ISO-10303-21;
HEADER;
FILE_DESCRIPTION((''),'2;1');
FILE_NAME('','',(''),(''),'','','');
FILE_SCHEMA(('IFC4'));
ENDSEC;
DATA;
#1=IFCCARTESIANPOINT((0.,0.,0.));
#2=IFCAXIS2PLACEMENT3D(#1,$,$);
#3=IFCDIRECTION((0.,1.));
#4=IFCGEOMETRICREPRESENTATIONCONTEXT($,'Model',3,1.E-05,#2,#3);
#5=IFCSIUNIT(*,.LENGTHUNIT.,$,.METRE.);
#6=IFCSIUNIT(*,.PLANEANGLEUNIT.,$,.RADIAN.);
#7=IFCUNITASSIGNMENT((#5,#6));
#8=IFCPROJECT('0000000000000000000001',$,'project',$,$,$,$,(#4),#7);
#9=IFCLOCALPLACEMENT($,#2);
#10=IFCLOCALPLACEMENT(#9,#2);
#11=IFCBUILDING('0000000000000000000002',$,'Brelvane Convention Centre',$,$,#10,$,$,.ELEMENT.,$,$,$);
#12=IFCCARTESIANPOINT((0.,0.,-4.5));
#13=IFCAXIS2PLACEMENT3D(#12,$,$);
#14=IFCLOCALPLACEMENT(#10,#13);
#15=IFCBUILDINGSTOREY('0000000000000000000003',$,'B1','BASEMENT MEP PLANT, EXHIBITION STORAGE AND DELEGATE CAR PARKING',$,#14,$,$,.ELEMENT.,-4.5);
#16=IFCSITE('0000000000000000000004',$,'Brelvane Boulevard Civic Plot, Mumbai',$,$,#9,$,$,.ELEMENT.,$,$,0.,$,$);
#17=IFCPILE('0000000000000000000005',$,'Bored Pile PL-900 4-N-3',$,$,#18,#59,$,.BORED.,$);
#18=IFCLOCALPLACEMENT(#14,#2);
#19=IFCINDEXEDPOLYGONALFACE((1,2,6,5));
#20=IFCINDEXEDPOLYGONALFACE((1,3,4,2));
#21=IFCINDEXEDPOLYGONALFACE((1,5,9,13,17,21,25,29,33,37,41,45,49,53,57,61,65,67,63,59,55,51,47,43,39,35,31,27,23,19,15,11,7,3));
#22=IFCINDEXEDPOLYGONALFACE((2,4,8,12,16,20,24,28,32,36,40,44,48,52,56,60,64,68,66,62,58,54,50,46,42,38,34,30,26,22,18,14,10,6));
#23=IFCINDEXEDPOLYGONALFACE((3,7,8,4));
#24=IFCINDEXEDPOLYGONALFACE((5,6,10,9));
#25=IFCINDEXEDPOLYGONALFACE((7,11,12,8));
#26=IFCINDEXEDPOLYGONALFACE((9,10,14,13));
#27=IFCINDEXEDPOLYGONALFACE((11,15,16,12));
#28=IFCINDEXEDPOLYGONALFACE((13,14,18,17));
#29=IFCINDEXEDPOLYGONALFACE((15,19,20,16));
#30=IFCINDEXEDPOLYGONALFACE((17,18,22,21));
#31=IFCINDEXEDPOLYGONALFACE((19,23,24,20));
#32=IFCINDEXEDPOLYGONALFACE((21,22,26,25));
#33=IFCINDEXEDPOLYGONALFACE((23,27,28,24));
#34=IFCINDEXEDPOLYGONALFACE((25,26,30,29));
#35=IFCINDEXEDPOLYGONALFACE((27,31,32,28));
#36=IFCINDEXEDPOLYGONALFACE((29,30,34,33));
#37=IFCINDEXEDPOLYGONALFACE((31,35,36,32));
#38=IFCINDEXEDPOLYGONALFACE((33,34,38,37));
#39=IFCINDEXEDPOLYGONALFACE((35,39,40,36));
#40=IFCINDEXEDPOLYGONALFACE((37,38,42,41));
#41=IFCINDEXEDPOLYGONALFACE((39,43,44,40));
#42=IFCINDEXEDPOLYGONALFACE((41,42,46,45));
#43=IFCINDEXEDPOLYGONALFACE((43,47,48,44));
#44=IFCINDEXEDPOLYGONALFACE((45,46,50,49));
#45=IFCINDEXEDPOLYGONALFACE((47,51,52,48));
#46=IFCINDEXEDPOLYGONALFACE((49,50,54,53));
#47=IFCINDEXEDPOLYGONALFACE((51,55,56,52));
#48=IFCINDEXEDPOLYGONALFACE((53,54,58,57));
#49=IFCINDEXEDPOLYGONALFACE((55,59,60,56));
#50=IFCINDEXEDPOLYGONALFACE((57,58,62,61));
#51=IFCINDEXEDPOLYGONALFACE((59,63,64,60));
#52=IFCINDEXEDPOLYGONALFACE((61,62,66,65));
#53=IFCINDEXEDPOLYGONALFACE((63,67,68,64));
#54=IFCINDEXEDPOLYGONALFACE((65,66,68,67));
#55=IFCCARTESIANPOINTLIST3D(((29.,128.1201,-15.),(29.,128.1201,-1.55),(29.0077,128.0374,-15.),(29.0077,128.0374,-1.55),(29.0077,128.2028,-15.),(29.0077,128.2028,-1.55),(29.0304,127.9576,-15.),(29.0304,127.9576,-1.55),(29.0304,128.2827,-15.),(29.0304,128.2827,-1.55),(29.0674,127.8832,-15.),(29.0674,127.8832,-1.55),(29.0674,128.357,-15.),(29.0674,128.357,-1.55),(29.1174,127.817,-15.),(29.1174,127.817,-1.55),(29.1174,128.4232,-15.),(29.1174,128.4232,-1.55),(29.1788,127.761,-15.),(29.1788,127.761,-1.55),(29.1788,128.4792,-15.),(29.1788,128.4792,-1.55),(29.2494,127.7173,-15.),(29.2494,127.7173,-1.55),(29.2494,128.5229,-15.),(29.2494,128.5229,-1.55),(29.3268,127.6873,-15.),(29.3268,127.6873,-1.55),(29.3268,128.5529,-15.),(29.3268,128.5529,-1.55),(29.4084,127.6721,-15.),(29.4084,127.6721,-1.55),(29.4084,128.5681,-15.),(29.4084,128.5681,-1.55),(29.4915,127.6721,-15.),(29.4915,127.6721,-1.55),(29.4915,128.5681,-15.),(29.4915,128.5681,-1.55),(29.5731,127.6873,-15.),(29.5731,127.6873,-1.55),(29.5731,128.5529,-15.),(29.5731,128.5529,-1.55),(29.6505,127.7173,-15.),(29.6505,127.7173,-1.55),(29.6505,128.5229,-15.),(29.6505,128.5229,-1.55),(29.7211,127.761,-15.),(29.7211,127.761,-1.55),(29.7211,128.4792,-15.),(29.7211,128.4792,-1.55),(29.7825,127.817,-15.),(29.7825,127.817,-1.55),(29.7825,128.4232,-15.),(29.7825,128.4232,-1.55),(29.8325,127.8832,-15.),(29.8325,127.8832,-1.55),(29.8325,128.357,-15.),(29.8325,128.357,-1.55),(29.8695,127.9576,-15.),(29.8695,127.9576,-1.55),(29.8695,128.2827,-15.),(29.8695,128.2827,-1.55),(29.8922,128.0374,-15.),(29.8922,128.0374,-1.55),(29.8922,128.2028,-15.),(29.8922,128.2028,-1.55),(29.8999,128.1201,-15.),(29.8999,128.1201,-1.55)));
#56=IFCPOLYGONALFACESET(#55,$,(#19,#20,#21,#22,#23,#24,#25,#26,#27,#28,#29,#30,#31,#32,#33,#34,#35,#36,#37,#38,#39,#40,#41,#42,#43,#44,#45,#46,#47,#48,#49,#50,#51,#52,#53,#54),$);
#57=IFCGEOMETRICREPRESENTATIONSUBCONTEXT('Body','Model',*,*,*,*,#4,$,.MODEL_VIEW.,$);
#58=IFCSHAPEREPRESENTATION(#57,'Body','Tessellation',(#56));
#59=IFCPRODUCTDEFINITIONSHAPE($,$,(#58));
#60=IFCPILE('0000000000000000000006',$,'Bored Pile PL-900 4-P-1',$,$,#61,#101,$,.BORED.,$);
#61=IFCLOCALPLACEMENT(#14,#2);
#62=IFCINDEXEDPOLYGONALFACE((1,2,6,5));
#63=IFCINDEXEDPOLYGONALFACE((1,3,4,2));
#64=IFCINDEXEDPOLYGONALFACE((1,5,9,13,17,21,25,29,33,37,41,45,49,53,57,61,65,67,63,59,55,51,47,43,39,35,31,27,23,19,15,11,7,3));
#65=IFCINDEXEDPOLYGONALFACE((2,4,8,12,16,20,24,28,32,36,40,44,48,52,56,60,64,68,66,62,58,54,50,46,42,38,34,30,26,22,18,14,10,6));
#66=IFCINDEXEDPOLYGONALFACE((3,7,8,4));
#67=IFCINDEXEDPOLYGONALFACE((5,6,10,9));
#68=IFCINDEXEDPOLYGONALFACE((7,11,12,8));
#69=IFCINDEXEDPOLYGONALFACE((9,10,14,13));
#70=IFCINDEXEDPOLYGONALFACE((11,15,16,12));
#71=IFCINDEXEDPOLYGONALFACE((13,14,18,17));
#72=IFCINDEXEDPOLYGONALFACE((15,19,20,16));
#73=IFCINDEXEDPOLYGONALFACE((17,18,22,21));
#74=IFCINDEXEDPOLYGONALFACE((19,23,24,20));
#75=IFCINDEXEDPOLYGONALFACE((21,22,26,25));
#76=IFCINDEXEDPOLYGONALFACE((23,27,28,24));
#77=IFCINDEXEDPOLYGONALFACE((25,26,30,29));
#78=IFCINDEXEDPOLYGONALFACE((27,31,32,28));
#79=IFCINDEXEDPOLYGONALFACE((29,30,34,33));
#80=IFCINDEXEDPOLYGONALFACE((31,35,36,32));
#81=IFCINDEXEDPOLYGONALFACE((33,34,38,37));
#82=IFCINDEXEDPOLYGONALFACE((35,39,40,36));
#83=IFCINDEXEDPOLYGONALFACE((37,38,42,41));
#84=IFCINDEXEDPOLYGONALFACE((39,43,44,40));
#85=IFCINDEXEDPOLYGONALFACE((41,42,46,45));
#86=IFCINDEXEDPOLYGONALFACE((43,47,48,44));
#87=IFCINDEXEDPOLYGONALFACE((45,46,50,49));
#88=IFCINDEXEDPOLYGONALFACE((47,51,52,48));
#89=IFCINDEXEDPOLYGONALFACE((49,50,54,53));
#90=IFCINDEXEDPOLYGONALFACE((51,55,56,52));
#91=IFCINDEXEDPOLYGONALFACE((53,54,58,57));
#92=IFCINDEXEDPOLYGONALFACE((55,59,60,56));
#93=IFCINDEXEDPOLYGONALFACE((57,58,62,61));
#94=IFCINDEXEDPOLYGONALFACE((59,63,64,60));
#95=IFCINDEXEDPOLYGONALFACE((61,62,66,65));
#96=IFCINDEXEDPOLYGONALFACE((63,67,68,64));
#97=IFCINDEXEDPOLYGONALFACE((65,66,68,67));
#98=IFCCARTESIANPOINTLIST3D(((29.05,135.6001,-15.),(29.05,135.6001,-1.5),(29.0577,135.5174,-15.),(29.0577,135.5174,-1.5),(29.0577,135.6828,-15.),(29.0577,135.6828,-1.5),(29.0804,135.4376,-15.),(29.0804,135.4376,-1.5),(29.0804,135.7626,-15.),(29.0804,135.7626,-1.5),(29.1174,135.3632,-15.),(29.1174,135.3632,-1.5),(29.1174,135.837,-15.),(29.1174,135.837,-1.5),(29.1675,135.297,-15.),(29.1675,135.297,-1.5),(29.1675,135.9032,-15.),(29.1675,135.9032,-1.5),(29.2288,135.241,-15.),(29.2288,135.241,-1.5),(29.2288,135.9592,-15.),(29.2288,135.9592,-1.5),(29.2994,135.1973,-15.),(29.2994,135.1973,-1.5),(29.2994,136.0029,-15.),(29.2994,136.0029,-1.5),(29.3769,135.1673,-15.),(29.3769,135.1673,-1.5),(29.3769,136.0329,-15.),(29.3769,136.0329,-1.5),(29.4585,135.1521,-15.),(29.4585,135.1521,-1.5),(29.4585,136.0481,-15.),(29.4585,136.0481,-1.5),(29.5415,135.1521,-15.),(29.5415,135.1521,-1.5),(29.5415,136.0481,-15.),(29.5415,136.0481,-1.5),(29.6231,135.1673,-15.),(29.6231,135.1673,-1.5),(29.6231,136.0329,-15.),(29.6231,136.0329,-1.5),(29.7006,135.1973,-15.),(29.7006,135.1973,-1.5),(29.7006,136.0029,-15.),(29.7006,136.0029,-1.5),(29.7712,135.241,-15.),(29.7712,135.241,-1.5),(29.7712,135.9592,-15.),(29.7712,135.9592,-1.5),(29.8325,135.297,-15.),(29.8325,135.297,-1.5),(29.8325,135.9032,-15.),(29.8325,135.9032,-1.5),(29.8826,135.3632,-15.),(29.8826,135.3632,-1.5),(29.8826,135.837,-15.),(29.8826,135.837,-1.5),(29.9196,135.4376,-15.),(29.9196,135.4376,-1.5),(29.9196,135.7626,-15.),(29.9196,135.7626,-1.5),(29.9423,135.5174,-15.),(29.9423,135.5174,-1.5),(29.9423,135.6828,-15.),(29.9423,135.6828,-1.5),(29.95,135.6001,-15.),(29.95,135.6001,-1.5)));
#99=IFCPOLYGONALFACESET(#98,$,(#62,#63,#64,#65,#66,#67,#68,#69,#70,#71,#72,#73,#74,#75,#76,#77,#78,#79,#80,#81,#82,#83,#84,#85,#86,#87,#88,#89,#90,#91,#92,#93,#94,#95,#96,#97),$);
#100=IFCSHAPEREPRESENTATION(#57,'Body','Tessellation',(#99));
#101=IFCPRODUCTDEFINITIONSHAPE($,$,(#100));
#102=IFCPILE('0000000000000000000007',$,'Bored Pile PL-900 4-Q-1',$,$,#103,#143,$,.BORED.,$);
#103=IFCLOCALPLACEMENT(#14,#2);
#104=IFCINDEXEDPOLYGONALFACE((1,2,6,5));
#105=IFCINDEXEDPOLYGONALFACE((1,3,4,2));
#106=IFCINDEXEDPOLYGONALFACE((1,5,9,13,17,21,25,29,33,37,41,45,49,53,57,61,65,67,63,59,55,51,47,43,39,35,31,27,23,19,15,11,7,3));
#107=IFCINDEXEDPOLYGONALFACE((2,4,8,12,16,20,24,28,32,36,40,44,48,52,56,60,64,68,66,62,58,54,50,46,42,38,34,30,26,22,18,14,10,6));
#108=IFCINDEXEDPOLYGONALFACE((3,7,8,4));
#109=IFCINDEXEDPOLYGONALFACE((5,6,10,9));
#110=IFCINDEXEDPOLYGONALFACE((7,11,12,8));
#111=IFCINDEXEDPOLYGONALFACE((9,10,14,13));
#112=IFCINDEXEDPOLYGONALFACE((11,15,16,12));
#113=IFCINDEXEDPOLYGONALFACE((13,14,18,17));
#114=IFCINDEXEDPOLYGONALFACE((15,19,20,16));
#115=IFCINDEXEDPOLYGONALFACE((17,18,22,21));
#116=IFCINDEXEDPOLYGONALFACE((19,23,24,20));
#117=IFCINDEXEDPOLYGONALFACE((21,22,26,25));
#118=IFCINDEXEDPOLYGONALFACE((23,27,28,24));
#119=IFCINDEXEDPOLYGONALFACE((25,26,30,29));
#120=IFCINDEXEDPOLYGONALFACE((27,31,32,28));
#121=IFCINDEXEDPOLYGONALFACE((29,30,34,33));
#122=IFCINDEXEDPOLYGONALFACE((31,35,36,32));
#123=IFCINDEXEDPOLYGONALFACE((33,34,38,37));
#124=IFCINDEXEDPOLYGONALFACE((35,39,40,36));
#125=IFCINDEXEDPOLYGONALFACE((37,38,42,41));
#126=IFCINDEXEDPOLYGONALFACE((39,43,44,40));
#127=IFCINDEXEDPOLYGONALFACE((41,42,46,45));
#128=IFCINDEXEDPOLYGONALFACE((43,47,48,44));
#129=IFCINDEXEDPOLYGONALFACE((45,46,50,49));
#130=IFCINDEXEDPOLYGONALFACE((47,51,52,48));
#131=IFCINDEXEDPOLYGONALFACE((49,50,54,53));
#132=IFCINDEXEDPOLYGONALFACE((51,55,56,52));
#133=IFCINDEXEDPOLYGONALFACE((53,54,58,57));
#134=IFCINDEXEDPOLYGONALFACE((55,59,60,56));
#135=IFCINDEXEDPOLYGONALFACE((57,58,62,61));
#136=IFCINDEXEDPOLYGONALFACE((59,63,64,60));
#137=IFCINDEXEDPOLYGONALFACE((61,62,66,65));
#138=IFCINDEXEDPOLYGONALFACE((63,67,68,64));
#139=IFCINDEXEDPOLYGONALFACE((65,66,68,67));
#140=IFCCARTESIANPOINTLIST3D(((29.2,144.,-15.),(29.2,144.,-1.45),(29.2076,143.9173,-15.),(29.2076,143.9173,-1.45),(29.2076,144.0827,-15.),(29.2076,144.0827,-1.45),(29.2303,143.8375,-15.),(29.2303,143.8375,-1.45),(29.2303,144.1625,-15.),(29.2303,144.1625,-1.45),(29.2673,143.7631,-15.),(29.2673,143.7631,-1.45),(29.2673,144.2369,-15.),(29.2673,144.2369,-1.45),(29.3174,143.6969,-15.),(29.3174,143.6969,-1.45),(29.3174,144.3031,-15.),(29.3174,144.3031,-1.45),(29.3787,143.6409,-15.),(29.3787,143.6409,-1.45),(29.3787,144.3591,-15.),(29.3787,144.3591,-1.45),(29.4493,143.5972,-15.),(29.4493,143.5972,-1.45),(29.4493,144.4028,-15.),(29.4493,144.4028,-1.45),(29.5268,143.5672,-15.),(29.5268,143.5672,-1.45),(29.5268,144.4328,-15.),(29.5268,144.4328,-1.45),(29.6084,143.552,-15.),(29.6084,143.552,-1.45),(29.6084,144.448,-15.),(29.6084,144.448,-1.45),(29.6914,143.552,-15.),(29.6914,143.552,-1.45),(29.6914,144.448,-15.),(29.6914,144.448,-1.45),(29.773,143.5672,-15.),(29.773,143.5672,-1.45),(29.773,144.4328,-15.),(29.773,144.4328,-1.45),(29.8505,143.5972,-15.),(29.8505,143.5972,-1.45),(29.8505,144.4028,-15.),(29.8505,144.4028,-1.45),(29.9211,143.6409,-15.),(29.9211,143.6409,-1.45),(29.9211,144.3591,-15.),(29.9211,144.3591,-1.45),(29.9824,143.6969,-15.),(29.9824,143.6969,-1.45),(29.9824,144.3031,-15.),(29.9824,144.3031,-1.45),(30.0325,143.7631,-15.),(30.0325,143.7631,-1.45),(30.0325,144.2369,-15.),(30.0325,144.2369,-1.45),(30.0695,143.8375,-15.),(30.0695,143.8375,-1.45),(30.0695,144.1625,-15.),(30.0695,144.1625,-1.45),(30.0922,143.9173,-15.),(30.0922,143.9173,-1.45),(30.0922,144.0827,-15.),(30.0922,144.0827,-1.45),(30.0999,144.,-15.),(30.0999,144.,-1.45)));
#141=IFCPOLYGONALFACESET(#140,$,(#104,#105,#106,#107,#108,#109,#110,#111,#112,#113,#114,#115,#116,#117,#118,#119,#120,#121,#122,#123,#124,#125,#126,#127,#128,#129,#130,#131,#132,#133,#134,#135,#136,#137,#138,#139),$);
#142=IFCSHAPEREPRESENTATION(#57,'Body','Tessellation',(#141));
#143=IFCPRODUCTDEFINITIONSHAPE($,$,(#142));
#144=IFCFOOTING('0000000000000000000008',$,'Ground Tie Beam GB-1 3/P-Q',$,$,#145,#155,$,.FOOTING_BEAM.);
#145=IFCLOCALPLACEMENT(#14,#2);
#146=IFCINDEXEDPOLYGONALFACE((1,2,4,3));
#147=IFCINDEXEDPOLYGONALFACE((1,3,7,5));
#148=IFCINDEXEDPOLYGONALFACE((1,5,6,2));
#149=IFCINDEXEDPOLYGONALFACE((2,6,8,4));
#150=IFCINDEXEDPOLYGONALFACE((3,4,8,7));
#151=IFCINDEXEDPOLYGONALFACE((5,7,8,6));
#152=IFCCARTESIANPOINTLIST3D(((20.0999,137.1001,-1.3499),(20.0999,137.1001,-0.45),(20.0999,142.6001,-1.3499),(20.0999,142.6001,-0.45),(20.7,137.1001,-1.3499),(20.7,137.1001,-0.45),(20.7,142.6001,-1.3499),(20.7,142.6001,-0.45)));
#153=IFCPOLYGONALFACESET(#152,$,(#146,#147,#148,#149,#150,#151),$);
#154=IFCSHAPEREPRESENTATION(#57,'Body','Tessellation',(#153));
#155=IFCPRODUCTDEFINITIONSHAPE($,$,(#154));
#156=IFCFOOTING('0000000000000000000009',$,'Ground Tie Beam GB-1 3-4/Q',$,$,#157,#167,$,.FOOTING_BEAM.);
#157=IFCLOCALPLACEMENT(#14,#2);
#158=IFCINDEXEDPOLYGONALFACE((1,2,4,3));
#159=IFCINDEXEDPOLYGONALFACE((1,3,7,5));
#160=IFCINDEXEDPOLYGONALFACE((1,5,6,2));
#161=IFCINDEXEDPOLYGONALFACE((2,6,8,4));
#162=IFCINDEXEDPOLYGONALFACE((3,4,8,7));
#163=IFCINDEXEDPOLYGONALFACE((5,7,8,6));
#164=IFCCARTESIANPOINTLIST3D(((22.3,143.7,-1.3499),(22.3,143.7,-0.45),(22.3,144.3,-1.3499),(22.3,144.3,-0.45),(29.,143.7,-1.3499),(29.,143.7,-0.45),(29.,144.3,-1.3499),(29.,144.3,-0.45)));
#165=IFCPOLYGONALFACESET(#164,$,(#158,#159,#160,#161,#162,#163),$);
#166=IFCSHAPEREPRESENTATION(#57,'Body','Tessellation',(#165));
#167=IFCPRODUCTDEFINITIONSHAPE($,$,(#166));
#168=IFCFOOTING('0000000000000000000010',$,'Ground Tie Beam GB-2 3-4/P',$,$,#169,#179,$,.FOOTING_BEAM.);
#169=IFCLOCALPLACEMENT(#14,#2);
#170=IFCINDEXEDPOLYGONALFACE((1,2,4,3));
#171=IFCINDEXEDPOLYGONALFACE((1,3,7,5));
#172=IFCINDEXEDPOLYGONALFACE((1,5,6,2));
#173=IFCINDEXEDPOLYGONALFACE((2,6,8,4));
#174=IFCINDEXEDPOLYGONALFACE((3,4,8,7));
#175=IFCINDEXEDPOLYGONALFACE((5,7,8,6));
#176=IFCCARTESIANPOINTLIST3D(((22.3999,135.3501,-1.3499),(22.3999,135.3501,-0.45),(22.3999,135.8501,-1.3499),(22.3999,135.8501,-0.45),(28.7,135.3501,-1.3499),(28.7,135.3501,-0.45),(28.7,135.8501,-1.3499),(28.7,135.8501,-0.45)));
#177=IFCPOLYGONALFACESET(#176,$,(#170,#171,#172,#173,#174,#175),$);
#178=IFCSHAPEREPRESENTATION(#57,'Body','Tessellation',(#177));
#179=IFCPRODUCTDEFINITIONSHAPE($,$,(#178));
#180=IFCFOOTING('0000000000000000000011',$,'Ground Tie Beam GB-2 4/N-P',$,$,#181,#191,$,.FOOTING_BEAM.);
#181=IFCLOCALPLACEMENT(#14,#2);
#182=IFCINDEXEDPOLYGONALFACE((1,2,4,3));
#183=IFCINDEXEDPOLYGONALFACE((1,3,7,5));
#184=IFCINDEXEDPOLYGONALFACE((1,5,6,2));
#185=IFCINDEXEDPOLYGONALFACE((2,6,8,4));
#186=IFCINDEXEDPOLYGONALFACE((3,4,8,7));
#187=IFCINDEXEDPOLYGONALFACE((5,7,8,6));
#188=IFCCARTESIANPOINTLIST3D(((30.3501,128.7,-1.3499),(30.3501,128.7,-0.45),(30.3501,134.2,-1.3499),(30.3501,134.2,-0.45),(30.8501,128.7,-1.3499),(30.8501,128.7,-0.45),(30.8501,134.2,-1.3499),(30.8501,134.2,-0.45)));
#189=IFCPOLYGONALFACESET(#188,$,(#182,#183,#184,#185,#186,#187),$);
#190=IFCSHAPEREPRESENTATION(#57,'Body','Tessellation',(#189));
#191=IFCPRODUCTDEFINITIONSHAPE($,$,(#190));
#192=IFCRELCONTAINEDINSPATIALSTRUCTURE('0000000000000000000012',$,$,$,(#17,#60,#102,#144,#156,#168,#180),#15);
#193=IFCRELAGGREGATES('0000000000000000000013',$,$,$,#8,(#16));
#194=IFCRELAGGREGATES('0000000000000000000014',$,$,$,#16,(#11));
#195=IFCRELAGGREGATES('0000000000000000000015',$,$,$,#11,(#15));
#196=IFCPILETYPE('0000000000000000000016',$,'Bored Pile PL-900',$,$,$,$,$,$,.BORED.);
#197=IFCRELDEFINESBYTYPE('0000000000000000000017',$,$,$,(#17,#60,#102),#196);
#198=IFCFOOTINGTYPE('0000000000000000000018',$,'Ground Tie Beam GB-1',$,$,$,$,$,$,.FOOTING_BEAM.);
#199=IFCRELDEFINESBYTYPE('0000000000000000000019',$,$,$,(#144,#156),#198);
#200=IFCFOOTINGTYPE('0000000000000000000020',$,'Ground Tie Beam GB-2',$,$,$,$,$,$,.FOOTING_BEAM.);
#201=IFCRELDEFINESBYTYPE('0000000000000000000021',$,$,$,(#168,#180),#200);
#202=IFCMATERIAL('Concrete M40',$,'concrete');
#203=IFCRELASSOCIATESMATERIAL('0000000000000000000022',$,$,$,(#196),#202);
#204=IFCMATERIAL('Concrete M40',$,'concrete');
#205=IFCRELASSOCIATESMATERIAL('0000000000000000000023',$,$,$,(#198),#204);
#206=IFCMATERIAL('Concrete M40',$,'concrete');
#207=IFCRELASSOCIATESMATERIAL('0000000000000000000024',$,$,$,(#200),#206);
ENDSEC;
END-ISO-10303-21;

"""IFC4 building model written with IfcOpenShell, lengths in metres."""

from ifc_helpers import new_model, si_unit, direction, frame, origin, origin_2d, place, context, subcontext, project, spatial, rectangle, circle, extrude, material, material_profile, profile_set, type_object, element, save


model = new_model("IFC4")

# Units and contexts
model_context = context("Model", 3, precision=1e-05, world=origin(), true_north=direction((0.0, 1.0)))
body_context = subcontext(model_context, "Body", "Model", "MODEL_VIEW")
ifc_project = project(units=[si_unit("LENGTHUNIT", "METRE"), si_unit("PLANEANGLEUNIT", "RADIAN")], contexts=[model_context])

# Site, building, storey
site_placement = place(None, origin())
site = spatial("IfcSite", under=ifc_project, at=site_placement, Name="Brelvane Boulevard Civic Plot, Mumbai", CompositionType="ELEMENT", RefElevation=0.0)
building_placement = place(site_placement, origin())
building = spatial("IfcBuilding", under=site, at=building_placement, Name="Brelvane Convention Centre", CompositionType="ELEMENT")
storey_placement = place(building_placement, frame((0.0, 0.0, -4.5)))
storey = spatial("IfcBuildingStorey", under=building, at=storey_placement, Name="B1", Description="BASEMENT MEP PLANT, EXHIBITION STORAGE AND DELEGATE CAR PARKING", CompositionType="ELEMENT", Elevation=-4.5)

# Piles
ifc_material_1 = material(Name="Concrete M40", Category="concrete")
ifc_material_profile_1 = material_profile(ifc_material_1, circle(Radius=0.45, at=origin_2d()), Name="PILE D900")
ifc_profile_set_1 = profile_set([ifc_material_profile_1], Name="Concrete M40")
pile_type = type_object("IfcPileType", Name="Bored Pile PL-900", PredefinedType="BORED", material=ifc_profile_set_1)
pile_1_placement = place(storey_placement, frame((29.45, 128.1201, -1.55), z_axis=(0.0, 0.0, -1.0), x_axis=(1.0, 0.0, 0.0)))
element("IfcPile", 1, at=pile_1_placement, inside=storey, type_object=pile_type, Name="Bored Pile PL-900 4-N-3", PredefinedType="BORED", context=body_context, shape_type="SweptSolid", body=[
    extrude(circle(Radius=0.45, at=origin_2d()), origin(), (0.0, 0.0, 1.0), 13.45),
])
pile_2_placement = place(storey_placement, frame((29.5, 135.6001, -1.5), z_axis=(0.0, 0.0, -1.0), x_axis=(1.0, 0.0, 0.0)))
element("IfcPile", 2, at=pile_2_placement, inside=storey, type_object=pile_type, Name="Bored Pile PL-900 4-P-1", PredefinedType="BORED", context=body_context, shape_type="SweptSolid", body=[
    extrude(circle(Radius=0.45, at=origin_2d()), origin(), (0.0, 0.0, 1.0), 13.5),
])
pile_3_placement = place(storey_placement, frame((29.6499, 144.0, -1.45), z_axis=(0.0, 0.0, -1.0), x_axis=(1.0, 0.0, 0.0)))
element("IfcPile", 3, at=pile_3_placement, inside=storey, type_object=pile_type, Name="Bored Pile PL-900 4-Q-1", PredefinedType="BORED", context=body_context, shape_type="SweptSolid", body=[
    extrude(circle(Radius=0.45, at=origin_2d()), origin(), (0.0, 0.0, 1.0), 13.55),
])

# Footings
ifc_material_2 = material(Name="Concrete M40", Category="concrete")
ifc_material_profile_2 = material_profile(ifc_material_2, rectangle(XDim=0.6001, YDim=0.8999, at=origin_2d()), Name="RC 600x900")
ifc_profile_set_2 = profile_set([ifc_material_profile_2], Name="Concrete M40")
footing_type_1 = type_object("IfcFootingType", Name="Ground Tie Beam GB-1", PredefinedType="FOOTING_BEAM", material=ifc_profile_set_2)
footing_1_placement = place(storey_placement, frame((20.3999, 137.1001, -0.8999), z_axis=(0.0, 1.0, 0.0), x_axis=(-1.0, 0.0, 0.0)))
element("IfcFooting", 4, at=footing_1_placement, inside=storey, type_object=footing_type_1, Name="Ground Tie Beam GB-1 3/P-Q", PredefinedType="FOOTING_BEAM", context=body_context, shape_type="SweptSolid", body=[
    extrude(rectangle(XDim=0.6001, YDim=0.8999, at=origin_2d()), origin(), (0.0, 0.0, 1.0), 5.5),
])
footing_2_placement = place(storey_placement, frame((22.3, 144.0, -0.8999), z_axis=(1.0, 0.0, 0.0), x_axis=(0.0, 1.0, 0.0)))
element("IfcFooting", 5, at=footing_2_placement, inside=storey, type_object=footing_type_1, Name="Ground Tie Beam GB-1 3-4/Q", PredefinedType="FOOTING_BEAM", context=body_context, shape_type="SweptSolid", body=[
    extrude(rectangle(XDim=0.6001, YDim=0.8999, at=origin_2d()), origin(), (0.0, 0.0, 1.0), 6.7),
])
ifc_material_3 = material(Name="Concrete M40", Category="concrete")
ifc_material_profile_3 = material_profile(ifc_material_3, rectangle(XDim=0.5, YDim=0.8999, at=origin_2d()), Name="RC 500x900")
ifc_profile_set_3 = profile_set([ifc_material_profile_3], Name="Concrete M40")
footing_type_2 = type_object("IfcFootingType", Name="Ground Tie Beam GB-2", PredefinedType="FOOTING_BEAM", material=ifc_profile_set_3)
footing_3_placement = place(storey_placement, frame((22.3999, 135.6001, -0.8999), z_axis=(1.0, 0.0, 0.0), x_axis=(0.0, 1.0, 0.0)))
element("IfcFooting", 6, at=footing_3_placement, inside=storey, type_object=footing_type_2, Name="Ground Tie Beam GB-2 3-4/P", PredefinedType="FOOTING_BEAM", context=body_context, shape_type="SweptSolid", body=[
    extrude(rectangle(XDim=0.5, YDim=0.8999, at=origin_2d()), origin(), (0.0, 0.0, 1.0), 6.3),
])
footing_4_placement = place(storey_placement, frame((30.6001, 128.7, -0.8999), z_axis=(0.0, 1.0, 0.0), x_axis=(-1.0, 0.0, 0.0)))
element("IfcFooting", 7, at=footing_4_placement, inside=storey, type_object=footing_type_2, Name="Ground Tie Beam GB-2 4/N-P", PredefinedType="FOOTING_BEAM", context=body_context, shape_type="SweptSolid", body=[
    extrude(rectangle(XDim=0.5, YDim=0.8999, at=origin_2d()), origin(), (0.0, 0.0, 1.0), 5.5),
])

save(model, "model.ifc")
